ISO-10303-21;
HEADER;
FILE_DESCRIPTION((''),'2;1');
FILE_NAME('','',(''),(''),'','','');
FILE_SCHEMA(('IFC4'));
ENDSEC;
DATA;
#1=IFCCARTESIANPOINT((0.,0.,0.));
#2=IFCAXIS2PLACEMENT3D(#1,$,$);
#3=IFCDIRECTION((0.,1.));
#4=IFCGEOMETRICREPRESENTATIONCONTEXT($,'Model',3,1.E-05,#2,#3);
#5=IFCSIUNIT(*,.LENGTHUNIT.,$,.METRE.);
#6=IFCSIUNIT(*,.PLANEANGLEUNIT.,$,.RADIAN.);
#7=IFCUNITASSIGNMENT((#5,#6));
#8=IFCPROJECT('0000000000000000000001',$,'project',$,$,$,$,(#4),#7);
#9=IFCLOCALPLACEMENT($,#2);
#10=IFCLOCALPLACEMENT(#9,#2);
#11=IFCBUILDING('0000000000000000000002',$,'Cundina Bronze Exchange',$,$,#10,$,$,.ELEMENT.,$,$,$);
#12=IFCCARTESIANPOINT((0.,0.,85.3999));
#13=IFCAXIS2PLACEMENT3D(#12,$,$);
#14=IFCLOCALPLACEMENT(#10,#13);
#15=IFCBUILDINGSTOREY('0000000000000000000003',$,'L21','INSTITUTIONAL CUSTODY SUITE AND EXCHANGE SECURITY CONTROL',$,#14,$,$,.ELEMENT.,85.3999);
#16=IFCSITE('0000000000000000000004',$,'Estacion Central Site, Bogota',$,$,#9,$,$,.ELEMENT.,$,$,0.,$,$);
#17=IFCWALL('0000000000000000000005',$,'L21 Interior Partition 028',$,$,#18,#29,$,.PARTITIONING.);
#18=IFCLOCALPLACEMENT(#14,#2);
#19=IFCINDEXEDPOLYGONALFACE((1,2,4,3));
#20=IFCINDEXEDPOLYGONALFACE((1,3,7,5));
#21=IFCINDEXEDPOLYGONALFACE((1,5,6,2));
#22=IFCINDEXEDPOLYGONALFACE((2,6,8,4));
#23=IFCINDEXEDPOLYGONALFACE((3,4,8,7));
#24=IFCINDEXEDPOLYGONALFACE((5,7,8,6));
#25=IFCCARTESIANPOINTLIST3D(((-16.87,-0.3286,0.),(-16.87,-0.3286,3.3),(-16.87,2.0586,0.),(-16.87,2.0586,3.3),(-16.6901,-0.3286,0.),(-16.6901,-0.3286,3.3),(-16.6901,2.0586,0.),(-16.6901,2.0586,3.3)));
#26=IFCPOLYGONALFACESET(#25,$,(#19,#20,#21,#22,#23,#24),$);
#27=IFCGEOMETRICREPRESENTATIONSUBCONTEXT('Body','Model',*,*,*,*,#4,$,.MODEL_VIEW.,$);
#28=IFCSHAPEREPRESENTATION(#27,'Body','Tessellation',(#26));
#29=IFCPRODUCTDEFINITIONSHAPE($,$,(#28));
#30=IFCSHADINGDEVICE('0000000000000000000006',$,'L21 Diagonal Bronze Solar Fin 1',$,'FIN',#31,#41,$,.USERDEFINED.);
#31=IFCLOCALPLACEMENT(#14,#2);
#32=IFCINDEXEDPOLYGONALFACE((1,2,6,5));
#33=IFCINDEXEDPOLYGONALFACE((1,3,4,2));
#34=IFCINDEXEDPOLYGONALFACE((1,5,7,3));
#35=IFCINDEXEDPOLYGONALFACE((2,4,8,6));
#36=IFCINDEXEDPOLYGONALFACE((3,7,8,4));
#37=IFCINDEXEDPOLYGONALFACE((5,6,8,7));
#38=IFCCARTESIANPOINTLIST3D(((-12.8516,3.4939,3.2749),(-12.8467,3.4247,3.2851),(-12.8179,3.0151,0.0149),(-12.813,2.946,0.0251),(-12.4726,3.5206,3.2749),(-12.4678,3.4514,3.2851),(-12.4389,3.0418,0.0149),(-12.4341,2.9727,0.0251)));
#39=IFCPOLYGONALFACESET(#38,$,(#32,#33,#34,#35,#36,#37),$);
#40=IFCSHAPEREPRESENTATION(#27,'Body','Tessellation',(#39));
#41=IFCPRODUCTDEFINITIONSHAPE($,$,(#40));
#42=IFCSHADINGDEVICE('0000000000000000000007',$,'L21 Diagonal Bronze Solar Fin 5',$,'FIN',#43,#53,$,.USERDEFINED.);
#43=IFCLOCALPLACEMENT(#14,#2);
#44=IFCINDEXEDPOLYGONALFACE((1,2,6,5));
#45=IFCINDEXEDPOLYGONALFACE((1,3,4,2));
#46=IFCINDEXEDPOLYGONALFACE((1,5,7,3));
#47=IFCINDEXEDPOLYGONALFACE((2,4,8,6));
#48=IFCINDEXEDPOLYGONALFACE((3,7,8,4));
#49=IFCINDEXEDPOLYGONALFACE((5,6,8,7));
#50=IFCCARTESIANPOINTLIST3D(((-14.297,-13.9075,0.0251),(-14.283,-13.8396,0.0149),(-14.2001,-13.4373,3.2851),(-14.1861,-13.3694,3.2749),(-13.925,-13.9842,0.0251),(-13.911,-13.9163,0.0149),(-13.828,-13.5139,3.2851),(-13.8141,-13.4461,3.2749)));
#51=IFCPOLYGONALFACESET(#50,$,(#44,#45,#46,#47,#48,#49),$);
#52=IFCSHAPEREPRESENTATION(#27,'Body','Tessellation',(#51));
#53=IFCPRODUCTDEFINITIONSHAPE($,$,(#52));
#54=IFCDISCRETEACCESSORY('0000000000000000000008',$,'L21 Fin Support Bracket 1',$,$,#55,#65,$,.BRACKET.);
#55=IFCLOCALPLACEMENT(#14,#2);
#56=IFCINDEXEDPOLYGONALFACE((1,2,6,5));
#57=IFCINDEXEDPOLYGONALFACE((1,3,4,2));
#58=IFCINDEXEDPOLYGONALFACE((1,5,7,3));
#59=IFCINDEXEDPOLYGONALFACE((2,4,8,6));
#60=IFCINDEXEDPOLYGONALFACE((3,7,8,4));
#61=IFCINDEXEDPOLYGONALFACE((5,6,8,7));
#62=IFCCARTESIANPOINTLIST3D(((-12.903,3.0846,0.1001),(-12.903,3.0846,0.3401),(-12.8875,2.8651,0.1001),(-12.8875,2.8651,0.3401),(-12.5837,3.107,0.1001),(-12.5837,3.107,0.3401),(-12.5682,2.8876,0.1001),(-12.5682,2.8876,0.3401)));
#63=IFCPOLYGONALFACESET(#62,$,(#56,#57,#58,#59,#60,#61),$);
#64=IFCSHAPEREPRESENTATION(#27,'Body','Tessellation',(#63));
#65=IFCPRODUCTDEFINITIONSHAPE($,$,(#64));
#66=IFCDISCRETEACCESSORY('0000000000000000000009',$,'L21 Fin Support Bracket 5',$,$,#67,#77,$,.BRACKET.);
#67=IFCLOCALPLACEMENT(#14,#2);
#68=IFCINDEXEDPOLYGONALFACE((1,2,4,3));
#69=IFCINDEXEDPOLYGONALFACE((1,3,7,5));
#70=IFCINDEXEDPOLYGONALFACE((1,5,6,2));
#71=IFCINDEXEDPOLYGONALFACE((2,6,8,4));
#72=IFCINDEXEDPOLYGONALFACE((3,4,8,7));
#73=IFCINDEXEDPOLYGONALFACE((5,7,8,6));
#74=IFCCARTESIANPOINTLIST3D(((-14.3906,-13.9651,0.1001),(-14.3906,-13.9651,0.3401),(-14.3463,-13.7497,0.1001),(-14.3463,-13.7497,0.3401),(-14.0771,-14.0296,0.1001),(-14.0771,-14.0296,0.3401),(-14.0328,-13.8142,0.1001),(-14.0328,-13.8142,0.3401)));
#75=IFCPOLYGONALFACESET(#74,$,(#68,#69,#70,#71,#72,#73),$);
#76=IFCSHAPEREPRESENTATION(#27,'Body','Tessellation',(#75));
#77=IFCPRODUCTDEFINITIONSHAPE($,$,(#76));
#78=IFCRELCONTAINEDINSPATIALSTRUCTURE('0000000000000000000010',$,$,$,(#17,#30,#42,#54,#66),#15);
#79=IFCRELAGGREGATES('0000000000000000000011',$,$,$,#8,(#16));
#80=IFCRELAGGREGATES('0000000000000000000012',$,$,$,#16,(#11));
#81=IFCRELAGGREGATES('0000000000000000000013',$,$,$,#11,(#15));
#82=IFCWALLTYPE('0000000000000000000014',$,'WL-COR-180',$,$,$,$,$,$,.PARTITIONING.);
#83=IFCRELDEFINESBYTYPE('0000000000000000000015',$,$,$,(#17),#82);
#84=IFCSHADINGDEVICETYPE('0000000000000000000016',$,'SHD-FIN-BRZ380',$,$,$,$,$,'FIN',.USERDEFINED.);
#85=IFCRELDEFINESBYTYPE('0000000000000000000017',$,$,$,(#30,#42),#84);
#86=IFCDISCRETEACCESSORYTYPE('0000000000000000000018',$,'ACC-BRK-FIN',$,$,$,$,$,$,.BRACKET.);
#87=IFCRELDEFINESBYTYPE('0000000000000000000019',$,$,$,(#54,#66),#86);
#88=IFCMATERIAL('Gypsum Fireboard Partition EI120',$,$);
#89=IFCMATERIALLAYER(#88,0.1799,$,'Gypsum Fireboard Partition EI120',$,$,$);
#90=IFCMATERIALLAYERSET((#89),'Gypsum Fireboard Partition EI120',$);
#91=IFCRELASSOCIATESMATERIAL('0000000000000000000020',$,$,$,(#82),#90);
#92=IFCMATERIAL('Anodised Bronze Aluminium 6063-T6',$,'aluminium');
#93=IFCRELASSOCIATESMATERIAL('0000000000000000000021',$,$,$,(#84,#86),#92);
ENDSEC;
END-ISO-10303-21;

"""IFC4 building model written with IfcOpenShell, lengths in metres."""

from ifc_helpers import new_model, si_unit, direction, frame, frame_2d, origin, origin_2d, place, context, subcontext, project, spatial, rectangle, extrude, material, layer, layer_set, material_profile, profile_set, type_object, element, save


model = new_model("IFC4")

# Units and contexts
model_context = context("Model", 3, precision=1e-05, world=origin(), true_north=direction((0.0, 1.0)))
body_context = subcontext(model_context, "Body", "Model", "MODEL_VIEW")
ifc_project = project(units=[si_unit("LENGTHUNIT", "METRE"), si_unit("PLANEANGLEUNIT", "RADIAN")], contexts=[model_context])

# Site, building, storey
site_placement = place(None, origin())
site = spatial("IfcSite", under=ifc_project, at=site_placement, Name="Estacion Central Site, Bogota", CompositionType="ELEMENT", RefElevation=0.0)
building_placement = place(site_placement, origin())
building = spatial("IfcBuilding", under=site, at=building_placement, Name="Cundina Bronze Exchange", CompositionType="ELEMENT")
storey_placement = place(building_placement, frame((0.0, 0.0, 85.3999)))
storey = spatial("IfcBuildingStorey", under=building, at=storey_placement, Name="L21", Description="INSTITUTIONAL CUSTODY SUITE AND EXCHANGE SECURITY CONTROL", CompositionType="ELEMENT", Elevation=85.3999)

# Shared definitions
ifc_material_1 = material(Name="Anodised Bronze Aluminium 6063-T6", Category="aluminium")

# Wall
ifc_material_2 = material(Name="Gypsum Fireboard Partition EI120")
ifc_layer_1 = layer(ifc_material_2, 0.1799, Name="Gypsum Fireboard Partition EI120")
ifc_layer_set_1 = layer_set([ifc_layer_1], Name="Gypsum Fireboard Partition EI120")
wall_type = type_object("IfcWallType", Name="WL-COR-180", PredefinedType="PARTITIONING", material=ifc_layer_set_1)
wall_1_placement = place(storey_placement, frame((-16.78, -0.3286, 0.0), z_axis=(0.0, 0.0, 1.0), x_axis=(0.0, 1.0, 0.0)))
element("IfcWall", 1, at=wall_1_placement, inside=storey, type_object=wall_type, Name="L21 Interior Partition 028", PredefinedType="PARTITIONING", context=body_context, shape_type="SweptSolid", body=[
    extrude(rectangle(XDim=2.3872, YDim=0.1799, at=frame_2d((1.1936, 0.0))), origin(), (0.0, 0.0, 1.0), 3.3),
])

# Shading devices
ifc_material_profile_1 = material_profile(ifc_material_1, rectangle(XDim=0.0701, YDim=0.3799, at=origin_2d()), Name="FIN70X380", Category="aluminium")
ifc_profile_set_1 = profile_set([ifc_material_profile_1], Name="Anodised Bronze Aluminium 6063-T6")
shading_device_type = type_object("IfcShadingDeviceType", Name="SHD-FIN-BRZ380", ElementType="FIN", PredefinedType="USERDEFINED", material=ifc_profile_set_1)
for number, where, z_axis, x_axis, name in (
    (2, (-12.626, 2.9939, 0.02), (-0.010225, 0.145292, 0.989336), (0.06945, -0.986895, 0.145652), "L21 Diagonal Bronze Solar Fin 1"),
    (3, (-14.104, -13.9119, 0.02), (0.029414, 0.142698, 0.989329), (-0.199728, -0.968959, 0.145698), "L21 Diagonal Bronze Solar Fin 5"),
):
    element("IfcShadingDevice", number, at=place(storey_placement, frame(where, z_axis=z_axis, x_axis=x_axis)), inside=storey, type_object=shading_device_type, Name=name, ObjectType="FIN", PredefinedType="USERDEFINED", context=body_context, shape_type="SweptSolid", body=[
        extrude(rectangle(XDim=0.0701, YDim=0.3799, at=origin_2d()), origin(), (0.0, 0.0, 1.0), 3.2952),
    ])

# Discrete accessories
discrete_accessory_type = type_object("IfcDiscreteAccessoryType", Name="ACC-BRK-FIN", PredefinedType="BRACKET", material=ifc_material_1)
for number, where, z_axis, x_axis, name in (
    (4, (-12.7356, 2.9861, 0.1001), (0.0, 0.0, 1.0), (-0.070279, 0.997527, 0.0), "L21 Fin Support Bracket 1"),
    (5, (-14.2117, -13.8896, 0.1001), (0.0, 0.0, 1.0), (0.20142, 0.979505, 0.0), "L21 Fin Support Bracket 5"),
):
    element("IfcDiscreteAccessory", number, at=place(storey_placement, frame(where, z_axis=z_axis, x_axis=x_axis)), inside=storey, type_object=discrete_accessory_type, Name=name, PredefinedType="BRACKET", context=body_context, shape_type="SweptSolid", body=[
        extrude(rectangle(XDim=0.22, YDim=0.3201, at=origin_2d()), origin(), (0.0, 0.0, 1.0), 0.24),
    ])

save(model, "model.ifc")
